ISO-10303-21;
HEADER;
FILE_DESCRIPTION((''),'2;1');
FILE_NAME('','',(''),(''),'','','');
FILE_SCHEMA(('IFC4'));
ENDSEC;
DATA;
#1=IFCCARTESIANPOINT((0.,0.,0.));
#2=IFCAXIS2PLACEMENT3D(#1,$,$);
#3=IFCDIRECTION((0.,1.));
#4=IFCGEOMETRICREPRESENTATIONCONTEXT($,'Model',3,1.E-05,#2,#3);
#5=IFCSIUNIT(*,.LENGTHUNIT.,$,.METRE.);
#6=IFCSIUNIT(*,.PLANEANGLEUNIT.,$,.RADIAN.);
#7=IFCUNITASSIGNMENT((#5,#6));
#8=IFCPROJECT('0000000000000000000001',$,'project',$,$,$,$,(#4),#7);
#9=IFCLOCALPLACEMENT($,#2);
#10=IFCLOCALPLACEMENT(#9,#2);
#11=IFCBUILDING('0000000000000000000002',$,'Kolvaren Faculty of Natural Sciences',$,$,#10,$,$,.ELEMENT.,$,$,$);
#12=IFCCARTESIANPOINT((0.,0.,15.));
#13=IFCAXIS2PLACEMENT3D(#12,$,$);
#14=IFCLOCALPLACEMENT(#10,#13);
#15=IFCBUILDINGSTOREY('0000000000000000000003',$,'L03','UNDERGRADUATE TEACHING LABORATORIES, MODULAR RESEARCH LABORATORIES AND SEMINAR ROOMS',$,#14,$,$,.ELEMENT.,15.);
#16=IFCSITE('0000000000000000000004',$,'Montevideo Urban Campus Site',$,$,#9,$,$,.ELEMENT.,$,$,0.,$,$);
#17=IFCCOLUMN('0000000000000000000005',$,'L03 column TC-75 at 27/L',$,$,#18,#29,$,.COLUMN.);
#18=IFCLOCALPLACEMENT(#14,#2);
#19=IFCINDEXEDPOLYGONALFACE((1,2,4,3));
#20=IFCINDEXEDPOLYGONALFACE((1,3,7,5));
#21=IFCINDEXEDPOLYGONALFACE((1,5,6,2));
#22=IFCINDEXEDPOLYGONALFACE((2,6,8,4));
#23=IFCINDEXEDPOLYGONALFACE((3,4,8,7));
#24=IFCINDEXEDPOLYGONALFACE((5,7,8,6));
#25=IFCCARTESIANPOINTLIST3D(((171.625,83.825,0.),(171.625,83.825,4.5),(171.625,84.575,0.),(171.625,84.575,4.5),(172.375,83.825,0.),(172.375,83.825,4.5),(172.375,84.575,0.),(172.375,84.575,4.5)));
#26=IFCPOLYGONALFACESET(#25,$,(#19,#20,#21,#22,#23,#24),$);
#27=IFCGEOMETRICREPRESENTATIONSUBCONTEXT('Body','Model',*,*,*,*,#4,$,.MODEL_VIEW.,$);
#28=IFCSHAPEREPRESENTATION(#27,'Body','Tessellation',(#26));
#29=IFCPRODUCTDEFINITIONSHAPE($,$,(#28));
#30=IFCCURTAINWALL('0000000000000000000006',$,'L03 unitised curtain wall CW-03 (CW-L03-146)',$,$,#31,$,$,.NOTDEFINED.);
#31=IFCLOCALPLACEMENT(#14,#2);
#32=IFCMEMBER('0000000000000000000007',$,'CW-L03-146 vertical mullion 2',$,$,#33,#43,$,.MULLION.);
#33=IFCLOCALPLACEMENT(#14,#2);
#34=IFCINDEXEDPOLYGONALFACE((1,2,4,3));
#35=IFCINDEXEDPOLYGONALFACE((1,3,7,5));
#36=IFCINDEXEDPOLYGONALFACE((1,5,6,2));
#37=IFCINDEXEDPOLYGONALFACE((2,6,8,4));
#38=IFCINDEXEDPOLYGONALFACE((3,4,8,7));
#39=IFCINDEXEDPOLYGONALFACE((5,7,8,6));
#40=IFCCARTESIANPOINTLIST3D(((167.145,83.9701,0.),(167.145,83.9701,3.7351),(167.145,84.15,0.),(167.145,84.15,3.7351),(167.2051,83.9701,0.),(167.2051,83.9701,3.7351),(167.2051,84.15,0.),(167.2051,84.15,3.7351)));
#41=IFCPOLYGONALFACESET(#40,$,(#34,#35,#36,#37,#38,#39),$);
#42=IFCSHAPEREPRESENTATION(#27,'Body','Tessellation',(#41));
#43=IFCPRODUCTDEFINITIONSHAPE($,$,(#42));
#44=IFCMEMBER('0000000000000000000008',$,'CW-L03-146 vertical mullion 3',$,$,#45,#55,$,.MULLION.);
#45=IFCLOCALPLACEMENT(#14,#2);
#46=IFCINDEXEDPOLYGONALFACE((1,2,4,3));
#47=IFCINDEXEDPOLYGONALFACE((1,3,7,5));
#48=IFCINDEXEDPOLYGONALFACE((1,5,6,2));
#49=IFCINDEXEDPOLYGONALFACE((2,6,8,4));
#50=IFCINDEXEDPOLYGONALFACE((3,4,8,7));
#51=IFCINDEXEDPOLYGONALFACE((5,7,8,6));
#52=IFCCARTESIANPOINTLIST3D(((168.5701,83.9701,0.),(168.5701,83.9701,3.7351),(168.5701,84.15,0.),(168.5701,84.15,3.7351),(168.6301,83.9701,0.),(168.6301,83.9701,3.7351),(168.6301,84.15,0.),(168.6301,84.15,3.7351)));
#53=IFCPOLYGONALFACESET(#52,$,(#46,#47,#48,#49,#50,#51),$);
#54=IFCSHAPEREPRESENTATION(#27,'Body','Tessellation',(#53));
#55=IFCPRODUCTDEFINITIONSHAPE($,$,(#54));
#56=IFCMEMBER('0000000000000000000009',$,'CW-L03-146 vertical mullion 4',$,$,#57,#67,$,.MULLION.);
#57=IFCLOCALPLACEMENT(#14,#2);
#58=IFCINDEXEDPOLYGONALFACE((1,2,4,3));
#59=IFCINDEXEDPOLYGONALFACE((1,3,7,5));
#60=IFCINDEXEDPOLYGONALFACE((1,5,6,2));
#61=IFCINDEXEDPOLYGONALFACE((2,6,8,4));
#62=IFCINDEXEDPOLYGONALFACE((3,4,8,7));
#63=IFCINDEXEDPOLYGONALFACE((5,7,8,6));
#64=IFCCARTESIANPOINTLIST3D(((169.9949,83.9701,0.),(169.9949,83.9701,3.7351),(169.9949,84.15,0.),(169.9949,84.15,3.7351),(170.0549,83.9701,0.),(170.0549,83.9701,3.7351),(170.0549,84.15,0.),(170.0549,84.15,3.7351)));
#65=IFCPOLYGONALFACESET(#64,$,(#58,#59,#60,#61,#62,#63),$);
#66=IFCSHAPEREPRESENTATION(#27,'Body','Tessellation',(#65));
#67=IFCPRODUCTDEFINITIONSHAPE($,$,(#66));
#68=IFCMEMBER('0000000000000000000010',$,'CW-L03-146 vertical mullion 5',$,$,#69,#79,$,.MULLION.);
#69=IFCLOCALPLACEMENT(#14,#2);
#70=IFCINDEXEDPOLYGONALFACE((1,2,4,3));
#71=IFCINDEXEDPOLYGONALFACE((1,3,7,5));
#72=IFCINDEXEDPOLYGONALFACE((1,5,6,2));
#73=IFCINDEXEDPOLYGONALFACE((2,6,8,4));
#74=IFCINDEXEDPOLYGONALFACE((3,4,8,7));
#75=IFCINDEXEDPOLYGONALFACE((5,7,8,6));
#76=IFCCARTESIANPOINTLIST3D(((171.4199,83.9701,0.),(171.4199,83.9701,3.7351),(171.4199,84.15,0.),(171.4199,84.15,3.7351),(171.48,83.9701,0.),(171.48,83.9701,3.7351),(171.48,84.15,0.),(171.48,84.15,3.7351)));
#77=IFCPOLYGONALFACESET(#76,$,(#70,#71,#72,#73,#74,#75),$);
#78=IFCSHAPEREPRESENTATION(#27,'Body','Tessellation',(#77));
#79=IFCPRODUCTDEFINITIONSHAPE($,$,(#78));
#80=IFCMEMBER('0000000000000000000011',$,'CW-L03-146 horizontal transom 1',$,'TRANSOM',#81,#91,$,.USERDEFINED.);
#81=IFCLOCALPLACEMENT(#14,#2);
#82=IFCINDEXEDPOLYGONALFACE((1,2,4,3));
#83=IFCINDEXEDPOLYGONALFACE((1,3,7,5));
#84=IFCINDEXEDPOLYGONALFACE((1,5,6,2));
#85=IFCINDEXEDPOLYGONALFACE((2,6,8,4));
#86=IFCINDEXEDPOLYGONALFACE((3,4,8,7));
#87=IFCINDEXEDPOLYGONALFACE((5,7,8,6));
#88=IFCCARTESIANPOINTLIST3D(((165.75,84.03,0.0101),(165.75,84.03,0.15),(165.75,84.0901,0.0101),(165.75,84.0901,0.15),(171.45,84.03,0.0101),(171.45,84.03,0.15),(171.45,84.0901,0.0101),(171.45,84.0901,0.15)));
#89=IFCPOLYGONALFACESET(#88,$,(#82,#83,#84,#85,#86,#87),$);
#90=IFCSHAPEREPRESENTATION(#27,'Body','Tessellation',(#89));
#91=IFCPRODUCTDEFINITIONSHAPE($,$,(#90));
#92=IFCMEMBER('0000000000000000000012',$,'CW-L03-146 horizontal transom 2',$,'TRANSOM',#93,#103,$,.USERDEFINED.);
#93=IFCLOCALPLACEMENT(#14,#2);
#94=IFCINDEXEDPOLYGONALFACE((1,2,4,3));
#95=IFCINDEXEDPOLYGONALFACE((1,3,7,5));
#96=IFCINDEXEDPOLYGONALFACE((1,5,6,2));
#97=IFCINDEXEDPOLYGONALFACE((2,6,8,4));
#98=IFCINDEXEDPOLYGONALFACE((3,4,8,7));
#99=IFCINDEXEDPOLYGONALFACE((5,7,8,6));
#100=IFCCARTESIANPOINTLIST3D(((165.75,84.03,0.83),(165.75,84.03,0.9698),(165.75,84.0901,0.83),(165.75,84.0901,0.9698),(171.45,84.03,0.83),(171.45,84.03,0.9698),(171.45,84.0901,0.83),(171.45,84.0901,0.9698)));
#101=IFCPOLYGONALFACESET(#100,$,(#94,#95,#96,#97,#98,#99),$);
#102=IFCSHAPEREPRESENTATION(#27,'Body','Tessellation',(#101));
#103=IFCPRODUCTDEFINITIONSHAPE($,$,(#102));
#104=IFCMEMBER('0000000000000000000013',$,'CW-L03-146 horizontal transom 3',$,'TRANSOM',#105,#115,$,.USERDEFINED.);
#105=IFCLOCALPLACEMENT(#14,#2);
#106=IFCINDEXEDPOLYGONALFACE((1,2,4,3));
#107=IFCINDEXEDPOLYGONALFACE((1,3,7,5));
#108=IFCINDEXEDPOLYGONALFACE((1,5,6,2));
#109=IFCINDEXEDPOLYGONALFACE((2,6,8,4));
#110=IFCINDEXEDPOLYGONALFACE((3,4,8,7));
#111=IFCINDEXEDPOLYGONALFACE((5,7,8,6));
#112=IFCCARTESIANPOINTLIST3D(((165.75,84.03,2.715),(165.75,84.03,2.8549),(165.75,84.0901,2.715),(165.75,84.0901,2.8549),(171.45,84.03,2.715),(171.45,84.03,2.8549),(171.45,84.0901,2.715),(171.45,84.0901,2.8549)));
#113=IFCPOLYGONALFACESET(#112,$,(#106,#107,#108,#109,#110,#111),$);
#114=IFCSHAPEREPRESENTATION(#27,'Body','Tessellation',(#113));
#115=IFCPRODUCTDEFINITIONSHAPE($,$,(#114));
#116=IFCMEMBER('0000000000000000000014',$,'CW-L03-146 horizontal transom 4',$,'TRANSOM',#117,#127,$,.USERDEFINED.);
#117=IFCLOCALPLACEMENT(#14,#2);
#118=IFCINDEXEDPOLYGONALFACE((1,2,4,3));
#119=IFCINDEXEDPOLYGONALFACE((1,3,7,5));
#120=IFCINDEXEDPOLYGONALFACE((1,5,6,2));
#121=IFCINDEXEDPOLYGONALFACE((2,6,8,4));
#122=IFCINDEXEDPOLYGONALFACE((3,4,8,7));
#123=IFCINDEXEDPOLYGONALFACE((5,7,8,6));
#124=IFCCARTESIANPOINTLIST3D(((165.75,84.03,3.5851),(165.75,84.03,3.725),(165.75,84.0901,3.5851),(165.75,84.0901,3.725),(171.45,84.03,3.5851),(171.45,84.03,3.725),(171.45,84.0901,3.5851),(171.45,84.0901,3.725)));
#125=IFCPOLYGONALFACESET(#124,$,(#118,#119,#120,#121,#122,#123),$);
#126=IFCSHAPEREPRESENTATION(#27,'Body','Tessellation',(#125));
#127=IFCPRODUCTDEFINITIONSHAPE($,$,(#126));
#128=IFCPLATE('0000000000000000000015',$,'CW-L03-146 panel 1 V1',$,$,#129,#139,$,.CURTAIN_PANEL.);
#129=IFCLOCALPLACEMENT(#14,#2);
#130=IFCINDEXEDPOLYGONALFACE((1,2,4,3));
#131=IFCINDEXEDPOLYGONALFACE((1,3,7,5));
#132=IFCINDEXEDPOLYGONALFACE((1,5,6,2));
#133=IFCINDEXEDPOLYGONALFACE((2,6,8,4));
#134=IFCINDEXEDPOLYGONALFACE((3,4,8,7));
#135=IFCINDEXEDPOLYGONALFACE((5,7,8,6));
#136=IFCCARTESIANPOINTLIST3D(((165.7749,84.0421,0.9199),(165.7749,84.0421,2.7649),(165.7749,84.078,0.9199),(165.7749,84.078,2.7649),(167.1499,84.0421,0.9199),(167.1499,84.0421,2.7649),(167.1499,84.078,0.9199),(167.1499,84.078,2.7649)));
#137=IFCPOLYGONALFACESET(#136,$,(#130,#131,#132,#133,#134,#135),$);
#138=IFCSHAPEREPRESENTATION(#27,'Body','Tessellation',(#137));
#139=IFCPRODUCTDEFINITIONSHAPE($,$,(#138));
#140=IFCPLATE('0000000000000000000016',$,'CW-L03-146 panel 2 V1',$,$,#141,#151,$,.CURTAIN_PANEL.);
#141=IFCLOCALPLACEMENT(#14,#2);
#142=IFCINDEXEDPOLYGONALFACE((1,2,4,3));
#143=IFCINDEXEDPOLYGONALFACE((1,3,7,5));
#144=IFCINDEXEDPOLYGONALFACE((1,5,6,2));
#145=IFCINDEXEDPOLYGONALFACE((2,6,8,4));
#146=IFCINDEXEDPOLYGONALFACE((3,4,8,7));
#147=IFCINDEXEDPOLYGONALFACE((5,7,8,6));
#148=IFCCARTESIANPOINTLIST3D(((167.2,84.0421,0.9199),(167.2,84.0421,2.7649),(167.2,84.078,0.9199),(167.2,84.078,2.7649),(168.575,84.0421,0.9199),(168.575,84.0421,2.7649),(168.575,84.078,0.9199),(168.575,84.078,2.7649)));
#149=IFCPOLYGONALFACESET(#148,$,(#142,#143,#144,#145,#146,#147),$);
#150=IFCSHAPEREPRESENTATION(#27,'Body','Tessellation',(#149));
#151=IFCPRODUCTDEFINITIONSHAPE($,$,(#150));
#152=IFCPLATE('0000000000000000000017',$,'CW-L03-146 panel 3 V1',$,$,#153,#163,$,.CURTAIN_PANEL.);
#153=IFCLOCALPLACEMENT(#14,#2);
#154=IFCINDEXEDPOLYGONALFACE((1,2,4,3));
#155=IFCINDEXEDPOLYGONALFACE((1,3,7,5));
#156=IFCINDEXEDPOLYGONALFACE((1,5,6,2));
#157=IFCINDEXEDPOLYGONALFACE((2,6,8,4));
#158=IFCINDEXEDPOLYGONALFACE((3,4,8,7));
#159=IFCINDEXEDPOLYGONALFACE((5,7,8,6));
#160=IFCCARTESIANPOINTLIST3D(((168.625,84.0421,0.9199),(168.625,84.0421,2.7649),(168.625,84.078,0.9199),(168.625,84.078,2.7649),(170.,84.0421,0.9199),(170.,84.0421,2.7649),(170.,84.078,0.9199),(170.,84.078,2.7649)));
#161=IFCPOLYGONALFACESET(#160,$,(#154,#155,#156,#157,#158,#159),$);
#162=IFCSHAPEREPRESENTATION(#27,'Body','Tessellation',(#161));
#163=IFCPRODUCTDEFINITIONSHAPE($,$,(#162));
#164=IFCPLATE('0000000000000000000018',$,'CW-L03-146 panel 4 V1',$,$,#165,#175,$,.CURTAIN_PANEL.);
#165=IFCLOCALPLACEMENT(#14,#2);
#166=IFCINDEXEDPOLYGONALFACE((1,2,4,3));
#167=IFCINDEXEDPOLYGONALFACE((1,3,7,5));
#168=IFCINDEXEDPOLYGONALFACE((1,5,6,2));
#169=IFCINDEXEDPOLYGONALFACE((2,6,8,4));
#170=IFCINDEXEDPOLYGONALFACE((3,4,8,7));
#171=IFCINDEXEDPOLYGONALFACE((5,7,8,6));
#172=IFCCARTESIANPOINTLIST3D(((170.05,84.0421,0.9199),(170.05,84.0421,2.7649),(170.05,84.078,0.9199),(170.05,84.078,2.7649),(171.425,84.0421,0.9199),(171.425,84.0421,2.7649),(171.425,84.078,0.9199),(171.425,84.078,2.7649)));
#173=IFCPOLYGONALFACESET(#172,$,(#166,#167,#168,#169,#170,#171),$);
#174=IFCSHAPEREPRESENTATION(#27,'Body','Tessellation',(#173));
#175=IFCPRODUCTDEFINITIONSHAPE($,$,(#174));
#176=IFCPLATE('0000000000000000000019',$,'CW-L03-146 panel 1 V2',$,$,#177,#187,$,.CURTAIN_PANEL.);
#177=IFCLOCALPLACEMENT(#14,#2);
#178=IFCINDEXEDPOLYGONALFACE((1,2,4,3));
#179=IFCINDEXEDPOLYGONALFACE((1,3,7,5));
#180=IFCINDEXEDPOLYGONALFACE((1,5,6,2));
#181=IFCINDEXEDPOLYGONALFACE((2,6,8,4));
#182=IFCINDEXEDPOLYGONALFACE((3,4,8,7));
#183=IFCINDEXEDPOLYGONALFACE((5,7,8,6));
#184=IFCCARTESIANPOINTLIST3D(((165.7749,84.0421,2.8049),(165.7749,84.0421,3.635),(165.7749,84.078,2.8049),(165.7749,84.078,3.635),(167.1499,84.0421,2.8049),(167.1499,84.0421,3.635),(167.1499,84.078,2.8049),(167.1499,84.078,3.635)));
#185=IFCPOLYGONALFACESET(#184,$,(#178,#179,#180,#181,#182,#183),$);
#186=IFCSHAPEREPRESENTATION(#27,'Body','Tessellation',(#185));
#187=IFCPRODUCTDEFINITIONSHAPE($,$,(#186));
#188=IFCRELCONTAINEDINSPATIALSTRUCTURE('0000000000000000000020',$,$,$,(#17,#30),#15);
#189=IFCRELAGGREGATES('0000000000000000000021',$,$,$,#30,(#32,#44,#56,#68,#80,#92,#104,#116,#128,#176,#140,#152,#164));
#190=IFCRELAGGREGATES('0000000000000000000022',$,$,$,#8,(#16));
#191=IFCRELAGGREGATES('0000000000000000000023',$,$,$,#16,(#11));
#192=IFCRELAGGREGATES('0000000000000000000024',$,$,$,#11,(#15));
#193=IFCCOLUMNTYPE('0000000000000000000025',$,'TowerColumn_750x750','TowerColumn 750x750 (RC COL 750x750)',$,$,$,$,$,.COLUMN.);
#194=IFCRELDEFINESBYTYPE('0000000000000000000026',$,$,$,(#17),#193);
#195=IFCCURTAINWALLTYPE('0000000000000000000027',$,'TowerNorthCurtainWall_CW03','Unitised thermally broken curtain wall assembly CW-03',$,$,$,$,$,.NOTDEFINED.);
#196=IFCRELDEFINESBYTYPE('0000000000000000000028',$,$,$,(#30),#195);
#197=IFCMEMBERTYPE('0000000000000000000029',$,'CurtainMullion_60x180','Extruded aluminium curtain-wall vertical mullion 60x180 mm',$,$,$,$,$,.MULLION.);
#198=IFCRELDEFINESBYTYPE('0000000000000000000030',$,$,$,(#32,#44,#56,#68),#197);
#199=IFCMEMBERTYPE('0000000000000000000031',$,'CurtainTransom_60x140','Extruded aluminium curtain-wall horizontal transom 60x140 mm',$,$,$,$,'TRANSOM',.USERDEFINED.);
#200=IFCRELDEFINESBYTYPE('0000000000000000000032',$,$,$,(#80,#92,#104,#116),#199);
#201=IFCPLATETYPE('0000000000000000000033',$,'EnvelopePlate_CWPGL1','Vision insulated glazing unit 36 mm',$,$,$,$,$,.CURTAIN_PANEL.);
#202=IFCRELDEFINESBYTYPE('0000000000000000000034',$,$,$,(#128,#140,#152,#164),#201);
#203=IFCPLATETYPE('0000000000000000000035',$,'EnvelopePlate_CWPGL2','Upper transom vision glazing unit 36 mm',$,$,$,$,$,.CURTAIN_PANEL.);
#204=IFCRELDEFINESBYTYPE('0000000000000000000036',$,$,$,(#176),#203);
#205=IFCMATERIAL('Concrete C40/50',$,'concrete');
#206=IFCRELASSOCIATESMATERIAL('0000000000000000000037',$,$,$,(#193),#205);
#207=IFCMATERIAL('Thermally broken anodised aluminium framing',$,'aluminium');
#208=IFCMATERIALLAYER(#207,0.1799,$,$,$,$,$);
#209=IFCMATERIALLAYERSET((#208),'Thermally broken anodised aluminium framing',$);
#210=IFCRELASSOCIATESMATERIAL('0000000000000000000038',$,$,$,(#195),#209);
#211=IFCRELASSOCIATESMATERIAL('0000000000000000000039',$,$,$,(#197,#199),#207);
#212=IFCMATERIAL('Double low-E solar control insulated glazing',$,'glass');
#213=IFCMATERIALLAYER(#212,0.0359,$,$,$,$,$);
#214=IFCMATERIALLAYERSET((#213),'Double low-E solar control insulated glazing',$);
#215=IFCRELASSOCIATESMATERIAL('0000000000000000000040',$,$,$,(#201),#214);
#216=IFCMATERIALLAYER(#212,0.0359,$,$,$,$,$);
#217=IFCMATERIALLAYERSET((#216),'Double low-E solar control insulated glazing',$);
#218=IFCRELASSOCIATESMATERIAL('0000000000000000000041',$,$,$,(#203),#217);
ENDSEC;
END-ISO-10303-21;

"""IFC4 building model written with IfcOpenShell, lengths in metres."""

from ifc_helpers import new_model, si_unit, direction, frame, origin, origin_2d, place, context, subcontext, project, spatial, rectangle, extrude, material, layer, layer_set, material_profile, profile_set, type_object, element, aggregate, save


model = new_model("IFC4")

# Units and contexts
model_context = context("Model", 3, precision=1e-05, world=origin(), true_north=direction((0.0, 1.0)))
body_context = subcontext(model_context, "Body", "Model", "MODEL_VIEW")
ifc_project = project(units=[si_unit("LENGTHUNIT", "METRE"), si_unit("PLANEANGLEUNIT", "RADIAN")], contexts=[model_context])

# Site, building, storey
site_placement = place(None, origin())
site = spatial("IfcSite", under=ifc_project, at=site_placement, Name="Montevideo Urban Campus Site", CompositionType="ELEMENT", RefElevation=0.0)
building_placement = place(site_placement, origin())
building = spatial("IfcBuilding", under=site, at=building_placement, Name="Kolvaren Faculty of Natural Sciences", CompositionType="ELEMENT")
storey_placement = place(building_placement, frame((0.0, 0.0, 15.0)))
storey = spatial("IfcBuildingStorey", under=building, at=storey_placement, Name="L03", Description="UNDERGRADUATE TEACHING LABORATORIES, MODULAR RESEARCH LABORATORIES AND SEMINAR ROOMS", CompositionType="ELEMENT", Elevation=15.0)

# Column
ifc_material_1 = material(Name="Concrete C40/50", Category="concrete")
ifc_material_profile_1 = material_profile(ifc_material_1, rectangle(XDim=0.75, YDim=0.75, at=origin_2d()), Name="RC COL 750x750")
ifc_profile_set_1 = profile_set([ifc_material_profile_1], Name="Concrete C40/50")
column_type = type_object("IfcColumnType", Name="TowerColumn_750x750", Description="TowerColumn 750x750 (RC COL 750x750)", PredefinedType="COLUMN", material=ifc_profile_set_1)
column_placement = place(storey_placement, frame((172.0, 84.2, 0.0), z_axis=(0.0, 0.0, 1.0), x_axis=(1.0, 0.0, 0.0)))
element("IfcColumn", 1, at=column_placement, inside=storey, type_object=column_type, Name="L03 column TC-75 at 27/L", PredefinedType="COLUMN", context=body_context, shape_type="SweptSolid", body=[
    extrude(rectangle(XDim=0.75, YDim=0.75, at=origin_2d()), origin(), (0.0, 0.0, 1.0), 4.5),
])

# Curtain wall, members, plates
ifc_material_2 = material(Name="Thermally broken anodised aluminium framing", Category="aluminium")
ifc_layer_1 = layer(ifc_material_2, 0.1799)
ifc_layer_set_1 = layer_set([ifc_layer_1], Name="Thermally broken anodised aluminium framing")
curtain_wall_type = type_object("IfcCurtainWallType", Name="TowerNorthCurtainWall_CW03", Description="Unitised thermally broken curtain wall assembly CW-03", PredefinedType="NOTDEFINED", material=ifc_layer_set_1)
curtain_wall_placement = place(storey_placement, origin())
curtain_wall = element("IfcCurtainWall", 2, at=curtain_wall_placement, inside=storey, type_object=curtain_wall_type, Name="L03 unitised curtain wall CW-03 (CW-L03-146)", PredefinedType="NOTDEFINED")
ifc_material_profile_2 = material_profile(ifc_material_2, rectangle(XDim=0.0601, YDim=0.1799, at=origin_2d()), Name="ALU MUL 60x180")
ifc_profile_set_2 = profile_set([ifc_material_profile_2], Name="Thermally broken anodised aluminium framing")
member_type_1 = type_object("IfcMemberType", Name="CurtainMullion_60x180", Description="Extruded aluminium curtain-wall vertical mullion 60x180 mm", PredefinedType="MULLION", material=ifc_profile_set_2)
member_1_placement = place(storey_placement, frame((167.175, 84.0601, 0.0), z_axis=(0.0, 0.0, 1.0), x_axis=(1.0, 0.0, 0.0)))
member_1 = element("IfcMember", 3, at=member_1_placement, type_object=member_type_1, Name="CW-L03-146 vertical mullion 2", PredefinedType="MULLION", context=body_context, shape_type="SweptSolid", body=[
    extrude(rectangle(XDim=0.0601, YDim=0.1799, at=origin_2d()), origin(), (0.0, 0.0, 1.0), 3.7351),
])
member_2_placement = place(storey_placement, frame((168.6001, 84.0601, 0.0), z_axis=(0.0, 0.0, 1.0), x_axis=(1.0, 0.0, 0.0)))
member_2 = element("IfcMember", 4, at=member_2_placement, type_object=member_type_1, Name="CW-L03-146 vertical mullion 3", PredefinedType="MULLION", context=body_context, shape_type="SweptSolid", body=[
    extrude(rectangle(XDim=0.0601, YDim=0.1799, at=origin_2d()), origin(), (0.0, 0.0, 1.0), 3.7351),
])
member_3_placement = place(storey_placement, frame((170.0249, 84.0601, 0.0), z_axis=(0.0, 0.0, 1.0), x_axis=(1.0, 0.0, 0.0)))
member_3 = element("IfcMember", 5, at=member_3_placement, type_object=member_type_1, Name="CW-L03-146 vertical mullion 4", PredefinedType="MULLION", context=body_context, shape_type="SweptSolid", body=[
    extrude(rectangle(XDim=0.0601, YDim=0.1799, at=origin_2d()), origin(), (0.0, 0.0, 1.0), 3.7351),
])
member_4_placement = place(storey_placement, frame((171.45, 84.0601, 0.0), z_axis=(0.0, 0.0, 1.0), x_axis=(1.0, 0.0, 0.0)))
member_4 = element("IfcMember", 6, at=member_4_placement, type_object=member_type_1, Name="CW-L03-146 vertical mullion 5", PredefinedType="MULLION", context=body_context, shape_type="SweptSolid", body=[
    extrude(rectangle(XDim=0.0601, YDim=0.1799, at=origin_2d()), origin(), (0.0, 0.0, 1.0), 3.7351),
])
ifc_material_profile_3 = material_profile(ifc_material_2, rectangle(XDim=0.0601, YDim=0.1399, at=origin_2d()), Name="ALU TRN 60x140")
ifc_profile_set_3 = profile_set([ifc_material_profile_3], Name="Thermally broken anodised aluminium framing")
member_type_2 = type_object("IfcMemberType", Name="CurtainTransom_60x140", Description="Extruded aluminium curtain-wall horizontal transom 60x140 mm", ElementType="TRANSOM", PredefinedType="USERDEFINED", material=ifc_profile_set_3)
member_5_placement = place(storey_placement, frame((165.75, 84.0601, 0.0801), z_axis=(1.0, 0.0, 0.0), x_axis=(0.0, 1.0, 0.0)))
member_5 = element("IfcMember", 7, at=member_5_placement, type_object=member_type_2, Name="CW-L03-146 horizontal transom 1", ObjectType="TRANSOM", PredefinedType="USERDEFINED", context=body_context, shape_type="SweptSolid", body=[
    extrude(rectangle(XDim=0.0601, YDim=0.1399, at=origin_2d()), origin(), (0.0, 0.0, 1.0), 5.7),
])
member_6_placement = place(storey_placement, frame((165.75, 84.0601, 0.8999), z_axis=(1.0, 0.0, 0.0), x_axis=(0.0, 1.0, 0.0)))
member_6 = element("IfcMember", 8, at=member_6_placement, type_object=member_type_2, Name="CW-L03-146 horizontal transom 2", ObjectType="TRANSOM", PredefinedType="USERDEFINED", context=body_context, shape_type="SweptSolid", body=[
    extrude(rectangle(XDim=0.0601, YDim=0.1399, at=origin_2d()), origin(), (0.0, 0.0, 1.0), 5.7),
])
member_7_placement = place(storey_placement, frame((165.75, 84.0601, 2.7849), z_axis=(1.0, 0.0, 0.0), x_axis=(0.0, 1.0, 0.0)))
member_7 = element("IfcMember", 9, at=member_7_placement, type_object=member_type_2, Name="CW-L03-146 horizontal transom 3", ObjectType="TRANSOM", PredefinedType="USERDEFINED", context=body_context, shape_type="SweptSolid", body=[
    extrude(rectangle(XDim=0.0601, YDim=0.1399, at=origin_2d()), origin(), (0.0, 0.0, 1.0), 5.7),
])
member_8_placement = place(storey_placement, frame((165.75, 84.0601, 3.655), z_axis=(1.0, 0.0, 0.0), x_axis=(0.0, 1.0, 0.0)))
member_8 = element("IfcMember", 10, at=member_8_placement, type_object=member_type_2, Name="CW-L03-146 horizontal transom 4", ObjectType="TRANSOM", PredefinedType="USERDEFINED", context=body_context, shape_type="SweptSolid", body=[
    extrude(rectangle(XDim=0.0601, YDim=0.1399, at=origin_2d()), origin(), (0.0, 0.0, 1.0), 5.7),
])
ifc_material_3 = material(Name="Double low-E solar control insulated glazing", Category="glass")
ifc_layer_2 = layer(ifc_material_3, 0.0359)
ifc_layer_set_2 = layer_set([ifc_layer_2], Name="Double low-E solar control insulated glazing")
plate_type_1 = type_object("IfcPlateType", Name="EnvelopePlate_CWPGL1", Description="Vision insulated glazing unit 36 mm", PredefinedType="CURTAIN_PANEL", material=ifc_layer_set_2)
plate_1_placement = place(storey_placement, frame((166.4624, 84.0601, 0.9199), z_axis=(0.0, 0.0, 1.0), x_axis=(1.0, 0.0, 0.0)))
plate_1 = element("IfcPlate", 11, at=plate_1_placement, type_object=plate_type_1, Name="CW-L03-146 panel 1 V1", PredefinedType="CURTAIN_PANEL", context=body_context, shape_type="SweptSolid", body=[
    extrude(rectangle(XDim=1.375, YDim=0.0359, at=origin_2d()), origin(), (0.0, 0.0, 1.0), 1.845),
])
plate_2_placement = place(storey_placement, frame((167.8875, 84.0601, 0.9199), z_axis=(0.0, 0.0, 1.0), x_axis=(1.0, 0.0, 0.0)))
plate_2 = element("IfcPlate", 12, at=plate_2_placement, type_object=plate_type_1, Name="CW-L03-146 panel 2 V1", PredefinedType="CURTAIN_PANEL", context=body_context, shape_type="SweptSolid", body=[
    extrude(rectangle(XDim=1.375, YDim=0.0359, at=origin_2d()), origin(), (0.0, 0.0, 1.0), 1.845),
])
plate_3_placement = place(storey_placement, frame((169.3125, 84.0601, 0.9199), z_axis=(0.0, 0.0, 1.0), x_axis=(1.0, 0.0, 0.0)))
plate_3 = element("IfcPlate", 13, at=plate_3_placement, type_object=plate_type_1, Name="CW-L03-146 panel 3 V1", PredefinedType="CURTAIN_PANEL", context=body_context, shape_type="SweptSolid", body=[
    extrude(rectangle(XDim=1.375, YDim=0.0359, at=origin_2d()), origin(), (0.0, 0.0, 1.0), 1.845),
])
plate_4_placement = place(storey_placement, frame((170.7375, 84.0601, 0.9199), z_axis=(0.0, 0.0, 1.0), x_axis=(1.0, 0.0, 0.0)))
plate_4 = element("IfcPlate", 14, at=plate_4_placement, type_object=plate_type_1, Name="CW-L03-146 panel 4 V1", PredefinedType="CURTAIN_PANEL", context=body_context, shape_type="SweptSolid", body=[
    extrude(rectangle(XDim=1.375, YDim=0.0359, at=origin_2d()), origin(), (0.0, 0.0, 1.0), 1.845),
])
ifc_layer_3 = layer(ifc_material_3, 0.0359)
ifc_layer_set_3 = layer_set([ifc_layer_3], Name="Double low-E solar control insulated glazing")
plate_type_2 = type_object("IfcPlateType", Name="EnvelopePlate_CWPGL2", Description="Upper transom vision glazing unit 36 mm", PredefinedType="CURTAIN_PANEL", material=ifc_layer_set_3)
plate_5_placement = place(storey_placement, frame((166.4624, 84.0601, 2.8049), z_axis=(0.0, 0.0, 1.0), x_axis=(1.0, 0.0, 0.0)))
plate_5 = element("IfcPlate", 15, at=plate_5_placement, type_object=plate_type_2, Name="CW-L03-146 panel 1 V2", PredefinedType="CURTAIN_PANEL", context=body_context, shape_type="SweptSolid", body=[
    extrude(rectangle(XDim=1.375, YDim=0.0359, at=origin_2d()), origin(), (0.0, 0.0, 1.0), 0.8301),
])
aggregate(curtain_wall, [member_1, member_2, member_3, member_4, member_5, member_6, member_7, member_8, plate_1, plate_5, plate_2, plate_3, plate_4])

save(model, "model.ifc")
